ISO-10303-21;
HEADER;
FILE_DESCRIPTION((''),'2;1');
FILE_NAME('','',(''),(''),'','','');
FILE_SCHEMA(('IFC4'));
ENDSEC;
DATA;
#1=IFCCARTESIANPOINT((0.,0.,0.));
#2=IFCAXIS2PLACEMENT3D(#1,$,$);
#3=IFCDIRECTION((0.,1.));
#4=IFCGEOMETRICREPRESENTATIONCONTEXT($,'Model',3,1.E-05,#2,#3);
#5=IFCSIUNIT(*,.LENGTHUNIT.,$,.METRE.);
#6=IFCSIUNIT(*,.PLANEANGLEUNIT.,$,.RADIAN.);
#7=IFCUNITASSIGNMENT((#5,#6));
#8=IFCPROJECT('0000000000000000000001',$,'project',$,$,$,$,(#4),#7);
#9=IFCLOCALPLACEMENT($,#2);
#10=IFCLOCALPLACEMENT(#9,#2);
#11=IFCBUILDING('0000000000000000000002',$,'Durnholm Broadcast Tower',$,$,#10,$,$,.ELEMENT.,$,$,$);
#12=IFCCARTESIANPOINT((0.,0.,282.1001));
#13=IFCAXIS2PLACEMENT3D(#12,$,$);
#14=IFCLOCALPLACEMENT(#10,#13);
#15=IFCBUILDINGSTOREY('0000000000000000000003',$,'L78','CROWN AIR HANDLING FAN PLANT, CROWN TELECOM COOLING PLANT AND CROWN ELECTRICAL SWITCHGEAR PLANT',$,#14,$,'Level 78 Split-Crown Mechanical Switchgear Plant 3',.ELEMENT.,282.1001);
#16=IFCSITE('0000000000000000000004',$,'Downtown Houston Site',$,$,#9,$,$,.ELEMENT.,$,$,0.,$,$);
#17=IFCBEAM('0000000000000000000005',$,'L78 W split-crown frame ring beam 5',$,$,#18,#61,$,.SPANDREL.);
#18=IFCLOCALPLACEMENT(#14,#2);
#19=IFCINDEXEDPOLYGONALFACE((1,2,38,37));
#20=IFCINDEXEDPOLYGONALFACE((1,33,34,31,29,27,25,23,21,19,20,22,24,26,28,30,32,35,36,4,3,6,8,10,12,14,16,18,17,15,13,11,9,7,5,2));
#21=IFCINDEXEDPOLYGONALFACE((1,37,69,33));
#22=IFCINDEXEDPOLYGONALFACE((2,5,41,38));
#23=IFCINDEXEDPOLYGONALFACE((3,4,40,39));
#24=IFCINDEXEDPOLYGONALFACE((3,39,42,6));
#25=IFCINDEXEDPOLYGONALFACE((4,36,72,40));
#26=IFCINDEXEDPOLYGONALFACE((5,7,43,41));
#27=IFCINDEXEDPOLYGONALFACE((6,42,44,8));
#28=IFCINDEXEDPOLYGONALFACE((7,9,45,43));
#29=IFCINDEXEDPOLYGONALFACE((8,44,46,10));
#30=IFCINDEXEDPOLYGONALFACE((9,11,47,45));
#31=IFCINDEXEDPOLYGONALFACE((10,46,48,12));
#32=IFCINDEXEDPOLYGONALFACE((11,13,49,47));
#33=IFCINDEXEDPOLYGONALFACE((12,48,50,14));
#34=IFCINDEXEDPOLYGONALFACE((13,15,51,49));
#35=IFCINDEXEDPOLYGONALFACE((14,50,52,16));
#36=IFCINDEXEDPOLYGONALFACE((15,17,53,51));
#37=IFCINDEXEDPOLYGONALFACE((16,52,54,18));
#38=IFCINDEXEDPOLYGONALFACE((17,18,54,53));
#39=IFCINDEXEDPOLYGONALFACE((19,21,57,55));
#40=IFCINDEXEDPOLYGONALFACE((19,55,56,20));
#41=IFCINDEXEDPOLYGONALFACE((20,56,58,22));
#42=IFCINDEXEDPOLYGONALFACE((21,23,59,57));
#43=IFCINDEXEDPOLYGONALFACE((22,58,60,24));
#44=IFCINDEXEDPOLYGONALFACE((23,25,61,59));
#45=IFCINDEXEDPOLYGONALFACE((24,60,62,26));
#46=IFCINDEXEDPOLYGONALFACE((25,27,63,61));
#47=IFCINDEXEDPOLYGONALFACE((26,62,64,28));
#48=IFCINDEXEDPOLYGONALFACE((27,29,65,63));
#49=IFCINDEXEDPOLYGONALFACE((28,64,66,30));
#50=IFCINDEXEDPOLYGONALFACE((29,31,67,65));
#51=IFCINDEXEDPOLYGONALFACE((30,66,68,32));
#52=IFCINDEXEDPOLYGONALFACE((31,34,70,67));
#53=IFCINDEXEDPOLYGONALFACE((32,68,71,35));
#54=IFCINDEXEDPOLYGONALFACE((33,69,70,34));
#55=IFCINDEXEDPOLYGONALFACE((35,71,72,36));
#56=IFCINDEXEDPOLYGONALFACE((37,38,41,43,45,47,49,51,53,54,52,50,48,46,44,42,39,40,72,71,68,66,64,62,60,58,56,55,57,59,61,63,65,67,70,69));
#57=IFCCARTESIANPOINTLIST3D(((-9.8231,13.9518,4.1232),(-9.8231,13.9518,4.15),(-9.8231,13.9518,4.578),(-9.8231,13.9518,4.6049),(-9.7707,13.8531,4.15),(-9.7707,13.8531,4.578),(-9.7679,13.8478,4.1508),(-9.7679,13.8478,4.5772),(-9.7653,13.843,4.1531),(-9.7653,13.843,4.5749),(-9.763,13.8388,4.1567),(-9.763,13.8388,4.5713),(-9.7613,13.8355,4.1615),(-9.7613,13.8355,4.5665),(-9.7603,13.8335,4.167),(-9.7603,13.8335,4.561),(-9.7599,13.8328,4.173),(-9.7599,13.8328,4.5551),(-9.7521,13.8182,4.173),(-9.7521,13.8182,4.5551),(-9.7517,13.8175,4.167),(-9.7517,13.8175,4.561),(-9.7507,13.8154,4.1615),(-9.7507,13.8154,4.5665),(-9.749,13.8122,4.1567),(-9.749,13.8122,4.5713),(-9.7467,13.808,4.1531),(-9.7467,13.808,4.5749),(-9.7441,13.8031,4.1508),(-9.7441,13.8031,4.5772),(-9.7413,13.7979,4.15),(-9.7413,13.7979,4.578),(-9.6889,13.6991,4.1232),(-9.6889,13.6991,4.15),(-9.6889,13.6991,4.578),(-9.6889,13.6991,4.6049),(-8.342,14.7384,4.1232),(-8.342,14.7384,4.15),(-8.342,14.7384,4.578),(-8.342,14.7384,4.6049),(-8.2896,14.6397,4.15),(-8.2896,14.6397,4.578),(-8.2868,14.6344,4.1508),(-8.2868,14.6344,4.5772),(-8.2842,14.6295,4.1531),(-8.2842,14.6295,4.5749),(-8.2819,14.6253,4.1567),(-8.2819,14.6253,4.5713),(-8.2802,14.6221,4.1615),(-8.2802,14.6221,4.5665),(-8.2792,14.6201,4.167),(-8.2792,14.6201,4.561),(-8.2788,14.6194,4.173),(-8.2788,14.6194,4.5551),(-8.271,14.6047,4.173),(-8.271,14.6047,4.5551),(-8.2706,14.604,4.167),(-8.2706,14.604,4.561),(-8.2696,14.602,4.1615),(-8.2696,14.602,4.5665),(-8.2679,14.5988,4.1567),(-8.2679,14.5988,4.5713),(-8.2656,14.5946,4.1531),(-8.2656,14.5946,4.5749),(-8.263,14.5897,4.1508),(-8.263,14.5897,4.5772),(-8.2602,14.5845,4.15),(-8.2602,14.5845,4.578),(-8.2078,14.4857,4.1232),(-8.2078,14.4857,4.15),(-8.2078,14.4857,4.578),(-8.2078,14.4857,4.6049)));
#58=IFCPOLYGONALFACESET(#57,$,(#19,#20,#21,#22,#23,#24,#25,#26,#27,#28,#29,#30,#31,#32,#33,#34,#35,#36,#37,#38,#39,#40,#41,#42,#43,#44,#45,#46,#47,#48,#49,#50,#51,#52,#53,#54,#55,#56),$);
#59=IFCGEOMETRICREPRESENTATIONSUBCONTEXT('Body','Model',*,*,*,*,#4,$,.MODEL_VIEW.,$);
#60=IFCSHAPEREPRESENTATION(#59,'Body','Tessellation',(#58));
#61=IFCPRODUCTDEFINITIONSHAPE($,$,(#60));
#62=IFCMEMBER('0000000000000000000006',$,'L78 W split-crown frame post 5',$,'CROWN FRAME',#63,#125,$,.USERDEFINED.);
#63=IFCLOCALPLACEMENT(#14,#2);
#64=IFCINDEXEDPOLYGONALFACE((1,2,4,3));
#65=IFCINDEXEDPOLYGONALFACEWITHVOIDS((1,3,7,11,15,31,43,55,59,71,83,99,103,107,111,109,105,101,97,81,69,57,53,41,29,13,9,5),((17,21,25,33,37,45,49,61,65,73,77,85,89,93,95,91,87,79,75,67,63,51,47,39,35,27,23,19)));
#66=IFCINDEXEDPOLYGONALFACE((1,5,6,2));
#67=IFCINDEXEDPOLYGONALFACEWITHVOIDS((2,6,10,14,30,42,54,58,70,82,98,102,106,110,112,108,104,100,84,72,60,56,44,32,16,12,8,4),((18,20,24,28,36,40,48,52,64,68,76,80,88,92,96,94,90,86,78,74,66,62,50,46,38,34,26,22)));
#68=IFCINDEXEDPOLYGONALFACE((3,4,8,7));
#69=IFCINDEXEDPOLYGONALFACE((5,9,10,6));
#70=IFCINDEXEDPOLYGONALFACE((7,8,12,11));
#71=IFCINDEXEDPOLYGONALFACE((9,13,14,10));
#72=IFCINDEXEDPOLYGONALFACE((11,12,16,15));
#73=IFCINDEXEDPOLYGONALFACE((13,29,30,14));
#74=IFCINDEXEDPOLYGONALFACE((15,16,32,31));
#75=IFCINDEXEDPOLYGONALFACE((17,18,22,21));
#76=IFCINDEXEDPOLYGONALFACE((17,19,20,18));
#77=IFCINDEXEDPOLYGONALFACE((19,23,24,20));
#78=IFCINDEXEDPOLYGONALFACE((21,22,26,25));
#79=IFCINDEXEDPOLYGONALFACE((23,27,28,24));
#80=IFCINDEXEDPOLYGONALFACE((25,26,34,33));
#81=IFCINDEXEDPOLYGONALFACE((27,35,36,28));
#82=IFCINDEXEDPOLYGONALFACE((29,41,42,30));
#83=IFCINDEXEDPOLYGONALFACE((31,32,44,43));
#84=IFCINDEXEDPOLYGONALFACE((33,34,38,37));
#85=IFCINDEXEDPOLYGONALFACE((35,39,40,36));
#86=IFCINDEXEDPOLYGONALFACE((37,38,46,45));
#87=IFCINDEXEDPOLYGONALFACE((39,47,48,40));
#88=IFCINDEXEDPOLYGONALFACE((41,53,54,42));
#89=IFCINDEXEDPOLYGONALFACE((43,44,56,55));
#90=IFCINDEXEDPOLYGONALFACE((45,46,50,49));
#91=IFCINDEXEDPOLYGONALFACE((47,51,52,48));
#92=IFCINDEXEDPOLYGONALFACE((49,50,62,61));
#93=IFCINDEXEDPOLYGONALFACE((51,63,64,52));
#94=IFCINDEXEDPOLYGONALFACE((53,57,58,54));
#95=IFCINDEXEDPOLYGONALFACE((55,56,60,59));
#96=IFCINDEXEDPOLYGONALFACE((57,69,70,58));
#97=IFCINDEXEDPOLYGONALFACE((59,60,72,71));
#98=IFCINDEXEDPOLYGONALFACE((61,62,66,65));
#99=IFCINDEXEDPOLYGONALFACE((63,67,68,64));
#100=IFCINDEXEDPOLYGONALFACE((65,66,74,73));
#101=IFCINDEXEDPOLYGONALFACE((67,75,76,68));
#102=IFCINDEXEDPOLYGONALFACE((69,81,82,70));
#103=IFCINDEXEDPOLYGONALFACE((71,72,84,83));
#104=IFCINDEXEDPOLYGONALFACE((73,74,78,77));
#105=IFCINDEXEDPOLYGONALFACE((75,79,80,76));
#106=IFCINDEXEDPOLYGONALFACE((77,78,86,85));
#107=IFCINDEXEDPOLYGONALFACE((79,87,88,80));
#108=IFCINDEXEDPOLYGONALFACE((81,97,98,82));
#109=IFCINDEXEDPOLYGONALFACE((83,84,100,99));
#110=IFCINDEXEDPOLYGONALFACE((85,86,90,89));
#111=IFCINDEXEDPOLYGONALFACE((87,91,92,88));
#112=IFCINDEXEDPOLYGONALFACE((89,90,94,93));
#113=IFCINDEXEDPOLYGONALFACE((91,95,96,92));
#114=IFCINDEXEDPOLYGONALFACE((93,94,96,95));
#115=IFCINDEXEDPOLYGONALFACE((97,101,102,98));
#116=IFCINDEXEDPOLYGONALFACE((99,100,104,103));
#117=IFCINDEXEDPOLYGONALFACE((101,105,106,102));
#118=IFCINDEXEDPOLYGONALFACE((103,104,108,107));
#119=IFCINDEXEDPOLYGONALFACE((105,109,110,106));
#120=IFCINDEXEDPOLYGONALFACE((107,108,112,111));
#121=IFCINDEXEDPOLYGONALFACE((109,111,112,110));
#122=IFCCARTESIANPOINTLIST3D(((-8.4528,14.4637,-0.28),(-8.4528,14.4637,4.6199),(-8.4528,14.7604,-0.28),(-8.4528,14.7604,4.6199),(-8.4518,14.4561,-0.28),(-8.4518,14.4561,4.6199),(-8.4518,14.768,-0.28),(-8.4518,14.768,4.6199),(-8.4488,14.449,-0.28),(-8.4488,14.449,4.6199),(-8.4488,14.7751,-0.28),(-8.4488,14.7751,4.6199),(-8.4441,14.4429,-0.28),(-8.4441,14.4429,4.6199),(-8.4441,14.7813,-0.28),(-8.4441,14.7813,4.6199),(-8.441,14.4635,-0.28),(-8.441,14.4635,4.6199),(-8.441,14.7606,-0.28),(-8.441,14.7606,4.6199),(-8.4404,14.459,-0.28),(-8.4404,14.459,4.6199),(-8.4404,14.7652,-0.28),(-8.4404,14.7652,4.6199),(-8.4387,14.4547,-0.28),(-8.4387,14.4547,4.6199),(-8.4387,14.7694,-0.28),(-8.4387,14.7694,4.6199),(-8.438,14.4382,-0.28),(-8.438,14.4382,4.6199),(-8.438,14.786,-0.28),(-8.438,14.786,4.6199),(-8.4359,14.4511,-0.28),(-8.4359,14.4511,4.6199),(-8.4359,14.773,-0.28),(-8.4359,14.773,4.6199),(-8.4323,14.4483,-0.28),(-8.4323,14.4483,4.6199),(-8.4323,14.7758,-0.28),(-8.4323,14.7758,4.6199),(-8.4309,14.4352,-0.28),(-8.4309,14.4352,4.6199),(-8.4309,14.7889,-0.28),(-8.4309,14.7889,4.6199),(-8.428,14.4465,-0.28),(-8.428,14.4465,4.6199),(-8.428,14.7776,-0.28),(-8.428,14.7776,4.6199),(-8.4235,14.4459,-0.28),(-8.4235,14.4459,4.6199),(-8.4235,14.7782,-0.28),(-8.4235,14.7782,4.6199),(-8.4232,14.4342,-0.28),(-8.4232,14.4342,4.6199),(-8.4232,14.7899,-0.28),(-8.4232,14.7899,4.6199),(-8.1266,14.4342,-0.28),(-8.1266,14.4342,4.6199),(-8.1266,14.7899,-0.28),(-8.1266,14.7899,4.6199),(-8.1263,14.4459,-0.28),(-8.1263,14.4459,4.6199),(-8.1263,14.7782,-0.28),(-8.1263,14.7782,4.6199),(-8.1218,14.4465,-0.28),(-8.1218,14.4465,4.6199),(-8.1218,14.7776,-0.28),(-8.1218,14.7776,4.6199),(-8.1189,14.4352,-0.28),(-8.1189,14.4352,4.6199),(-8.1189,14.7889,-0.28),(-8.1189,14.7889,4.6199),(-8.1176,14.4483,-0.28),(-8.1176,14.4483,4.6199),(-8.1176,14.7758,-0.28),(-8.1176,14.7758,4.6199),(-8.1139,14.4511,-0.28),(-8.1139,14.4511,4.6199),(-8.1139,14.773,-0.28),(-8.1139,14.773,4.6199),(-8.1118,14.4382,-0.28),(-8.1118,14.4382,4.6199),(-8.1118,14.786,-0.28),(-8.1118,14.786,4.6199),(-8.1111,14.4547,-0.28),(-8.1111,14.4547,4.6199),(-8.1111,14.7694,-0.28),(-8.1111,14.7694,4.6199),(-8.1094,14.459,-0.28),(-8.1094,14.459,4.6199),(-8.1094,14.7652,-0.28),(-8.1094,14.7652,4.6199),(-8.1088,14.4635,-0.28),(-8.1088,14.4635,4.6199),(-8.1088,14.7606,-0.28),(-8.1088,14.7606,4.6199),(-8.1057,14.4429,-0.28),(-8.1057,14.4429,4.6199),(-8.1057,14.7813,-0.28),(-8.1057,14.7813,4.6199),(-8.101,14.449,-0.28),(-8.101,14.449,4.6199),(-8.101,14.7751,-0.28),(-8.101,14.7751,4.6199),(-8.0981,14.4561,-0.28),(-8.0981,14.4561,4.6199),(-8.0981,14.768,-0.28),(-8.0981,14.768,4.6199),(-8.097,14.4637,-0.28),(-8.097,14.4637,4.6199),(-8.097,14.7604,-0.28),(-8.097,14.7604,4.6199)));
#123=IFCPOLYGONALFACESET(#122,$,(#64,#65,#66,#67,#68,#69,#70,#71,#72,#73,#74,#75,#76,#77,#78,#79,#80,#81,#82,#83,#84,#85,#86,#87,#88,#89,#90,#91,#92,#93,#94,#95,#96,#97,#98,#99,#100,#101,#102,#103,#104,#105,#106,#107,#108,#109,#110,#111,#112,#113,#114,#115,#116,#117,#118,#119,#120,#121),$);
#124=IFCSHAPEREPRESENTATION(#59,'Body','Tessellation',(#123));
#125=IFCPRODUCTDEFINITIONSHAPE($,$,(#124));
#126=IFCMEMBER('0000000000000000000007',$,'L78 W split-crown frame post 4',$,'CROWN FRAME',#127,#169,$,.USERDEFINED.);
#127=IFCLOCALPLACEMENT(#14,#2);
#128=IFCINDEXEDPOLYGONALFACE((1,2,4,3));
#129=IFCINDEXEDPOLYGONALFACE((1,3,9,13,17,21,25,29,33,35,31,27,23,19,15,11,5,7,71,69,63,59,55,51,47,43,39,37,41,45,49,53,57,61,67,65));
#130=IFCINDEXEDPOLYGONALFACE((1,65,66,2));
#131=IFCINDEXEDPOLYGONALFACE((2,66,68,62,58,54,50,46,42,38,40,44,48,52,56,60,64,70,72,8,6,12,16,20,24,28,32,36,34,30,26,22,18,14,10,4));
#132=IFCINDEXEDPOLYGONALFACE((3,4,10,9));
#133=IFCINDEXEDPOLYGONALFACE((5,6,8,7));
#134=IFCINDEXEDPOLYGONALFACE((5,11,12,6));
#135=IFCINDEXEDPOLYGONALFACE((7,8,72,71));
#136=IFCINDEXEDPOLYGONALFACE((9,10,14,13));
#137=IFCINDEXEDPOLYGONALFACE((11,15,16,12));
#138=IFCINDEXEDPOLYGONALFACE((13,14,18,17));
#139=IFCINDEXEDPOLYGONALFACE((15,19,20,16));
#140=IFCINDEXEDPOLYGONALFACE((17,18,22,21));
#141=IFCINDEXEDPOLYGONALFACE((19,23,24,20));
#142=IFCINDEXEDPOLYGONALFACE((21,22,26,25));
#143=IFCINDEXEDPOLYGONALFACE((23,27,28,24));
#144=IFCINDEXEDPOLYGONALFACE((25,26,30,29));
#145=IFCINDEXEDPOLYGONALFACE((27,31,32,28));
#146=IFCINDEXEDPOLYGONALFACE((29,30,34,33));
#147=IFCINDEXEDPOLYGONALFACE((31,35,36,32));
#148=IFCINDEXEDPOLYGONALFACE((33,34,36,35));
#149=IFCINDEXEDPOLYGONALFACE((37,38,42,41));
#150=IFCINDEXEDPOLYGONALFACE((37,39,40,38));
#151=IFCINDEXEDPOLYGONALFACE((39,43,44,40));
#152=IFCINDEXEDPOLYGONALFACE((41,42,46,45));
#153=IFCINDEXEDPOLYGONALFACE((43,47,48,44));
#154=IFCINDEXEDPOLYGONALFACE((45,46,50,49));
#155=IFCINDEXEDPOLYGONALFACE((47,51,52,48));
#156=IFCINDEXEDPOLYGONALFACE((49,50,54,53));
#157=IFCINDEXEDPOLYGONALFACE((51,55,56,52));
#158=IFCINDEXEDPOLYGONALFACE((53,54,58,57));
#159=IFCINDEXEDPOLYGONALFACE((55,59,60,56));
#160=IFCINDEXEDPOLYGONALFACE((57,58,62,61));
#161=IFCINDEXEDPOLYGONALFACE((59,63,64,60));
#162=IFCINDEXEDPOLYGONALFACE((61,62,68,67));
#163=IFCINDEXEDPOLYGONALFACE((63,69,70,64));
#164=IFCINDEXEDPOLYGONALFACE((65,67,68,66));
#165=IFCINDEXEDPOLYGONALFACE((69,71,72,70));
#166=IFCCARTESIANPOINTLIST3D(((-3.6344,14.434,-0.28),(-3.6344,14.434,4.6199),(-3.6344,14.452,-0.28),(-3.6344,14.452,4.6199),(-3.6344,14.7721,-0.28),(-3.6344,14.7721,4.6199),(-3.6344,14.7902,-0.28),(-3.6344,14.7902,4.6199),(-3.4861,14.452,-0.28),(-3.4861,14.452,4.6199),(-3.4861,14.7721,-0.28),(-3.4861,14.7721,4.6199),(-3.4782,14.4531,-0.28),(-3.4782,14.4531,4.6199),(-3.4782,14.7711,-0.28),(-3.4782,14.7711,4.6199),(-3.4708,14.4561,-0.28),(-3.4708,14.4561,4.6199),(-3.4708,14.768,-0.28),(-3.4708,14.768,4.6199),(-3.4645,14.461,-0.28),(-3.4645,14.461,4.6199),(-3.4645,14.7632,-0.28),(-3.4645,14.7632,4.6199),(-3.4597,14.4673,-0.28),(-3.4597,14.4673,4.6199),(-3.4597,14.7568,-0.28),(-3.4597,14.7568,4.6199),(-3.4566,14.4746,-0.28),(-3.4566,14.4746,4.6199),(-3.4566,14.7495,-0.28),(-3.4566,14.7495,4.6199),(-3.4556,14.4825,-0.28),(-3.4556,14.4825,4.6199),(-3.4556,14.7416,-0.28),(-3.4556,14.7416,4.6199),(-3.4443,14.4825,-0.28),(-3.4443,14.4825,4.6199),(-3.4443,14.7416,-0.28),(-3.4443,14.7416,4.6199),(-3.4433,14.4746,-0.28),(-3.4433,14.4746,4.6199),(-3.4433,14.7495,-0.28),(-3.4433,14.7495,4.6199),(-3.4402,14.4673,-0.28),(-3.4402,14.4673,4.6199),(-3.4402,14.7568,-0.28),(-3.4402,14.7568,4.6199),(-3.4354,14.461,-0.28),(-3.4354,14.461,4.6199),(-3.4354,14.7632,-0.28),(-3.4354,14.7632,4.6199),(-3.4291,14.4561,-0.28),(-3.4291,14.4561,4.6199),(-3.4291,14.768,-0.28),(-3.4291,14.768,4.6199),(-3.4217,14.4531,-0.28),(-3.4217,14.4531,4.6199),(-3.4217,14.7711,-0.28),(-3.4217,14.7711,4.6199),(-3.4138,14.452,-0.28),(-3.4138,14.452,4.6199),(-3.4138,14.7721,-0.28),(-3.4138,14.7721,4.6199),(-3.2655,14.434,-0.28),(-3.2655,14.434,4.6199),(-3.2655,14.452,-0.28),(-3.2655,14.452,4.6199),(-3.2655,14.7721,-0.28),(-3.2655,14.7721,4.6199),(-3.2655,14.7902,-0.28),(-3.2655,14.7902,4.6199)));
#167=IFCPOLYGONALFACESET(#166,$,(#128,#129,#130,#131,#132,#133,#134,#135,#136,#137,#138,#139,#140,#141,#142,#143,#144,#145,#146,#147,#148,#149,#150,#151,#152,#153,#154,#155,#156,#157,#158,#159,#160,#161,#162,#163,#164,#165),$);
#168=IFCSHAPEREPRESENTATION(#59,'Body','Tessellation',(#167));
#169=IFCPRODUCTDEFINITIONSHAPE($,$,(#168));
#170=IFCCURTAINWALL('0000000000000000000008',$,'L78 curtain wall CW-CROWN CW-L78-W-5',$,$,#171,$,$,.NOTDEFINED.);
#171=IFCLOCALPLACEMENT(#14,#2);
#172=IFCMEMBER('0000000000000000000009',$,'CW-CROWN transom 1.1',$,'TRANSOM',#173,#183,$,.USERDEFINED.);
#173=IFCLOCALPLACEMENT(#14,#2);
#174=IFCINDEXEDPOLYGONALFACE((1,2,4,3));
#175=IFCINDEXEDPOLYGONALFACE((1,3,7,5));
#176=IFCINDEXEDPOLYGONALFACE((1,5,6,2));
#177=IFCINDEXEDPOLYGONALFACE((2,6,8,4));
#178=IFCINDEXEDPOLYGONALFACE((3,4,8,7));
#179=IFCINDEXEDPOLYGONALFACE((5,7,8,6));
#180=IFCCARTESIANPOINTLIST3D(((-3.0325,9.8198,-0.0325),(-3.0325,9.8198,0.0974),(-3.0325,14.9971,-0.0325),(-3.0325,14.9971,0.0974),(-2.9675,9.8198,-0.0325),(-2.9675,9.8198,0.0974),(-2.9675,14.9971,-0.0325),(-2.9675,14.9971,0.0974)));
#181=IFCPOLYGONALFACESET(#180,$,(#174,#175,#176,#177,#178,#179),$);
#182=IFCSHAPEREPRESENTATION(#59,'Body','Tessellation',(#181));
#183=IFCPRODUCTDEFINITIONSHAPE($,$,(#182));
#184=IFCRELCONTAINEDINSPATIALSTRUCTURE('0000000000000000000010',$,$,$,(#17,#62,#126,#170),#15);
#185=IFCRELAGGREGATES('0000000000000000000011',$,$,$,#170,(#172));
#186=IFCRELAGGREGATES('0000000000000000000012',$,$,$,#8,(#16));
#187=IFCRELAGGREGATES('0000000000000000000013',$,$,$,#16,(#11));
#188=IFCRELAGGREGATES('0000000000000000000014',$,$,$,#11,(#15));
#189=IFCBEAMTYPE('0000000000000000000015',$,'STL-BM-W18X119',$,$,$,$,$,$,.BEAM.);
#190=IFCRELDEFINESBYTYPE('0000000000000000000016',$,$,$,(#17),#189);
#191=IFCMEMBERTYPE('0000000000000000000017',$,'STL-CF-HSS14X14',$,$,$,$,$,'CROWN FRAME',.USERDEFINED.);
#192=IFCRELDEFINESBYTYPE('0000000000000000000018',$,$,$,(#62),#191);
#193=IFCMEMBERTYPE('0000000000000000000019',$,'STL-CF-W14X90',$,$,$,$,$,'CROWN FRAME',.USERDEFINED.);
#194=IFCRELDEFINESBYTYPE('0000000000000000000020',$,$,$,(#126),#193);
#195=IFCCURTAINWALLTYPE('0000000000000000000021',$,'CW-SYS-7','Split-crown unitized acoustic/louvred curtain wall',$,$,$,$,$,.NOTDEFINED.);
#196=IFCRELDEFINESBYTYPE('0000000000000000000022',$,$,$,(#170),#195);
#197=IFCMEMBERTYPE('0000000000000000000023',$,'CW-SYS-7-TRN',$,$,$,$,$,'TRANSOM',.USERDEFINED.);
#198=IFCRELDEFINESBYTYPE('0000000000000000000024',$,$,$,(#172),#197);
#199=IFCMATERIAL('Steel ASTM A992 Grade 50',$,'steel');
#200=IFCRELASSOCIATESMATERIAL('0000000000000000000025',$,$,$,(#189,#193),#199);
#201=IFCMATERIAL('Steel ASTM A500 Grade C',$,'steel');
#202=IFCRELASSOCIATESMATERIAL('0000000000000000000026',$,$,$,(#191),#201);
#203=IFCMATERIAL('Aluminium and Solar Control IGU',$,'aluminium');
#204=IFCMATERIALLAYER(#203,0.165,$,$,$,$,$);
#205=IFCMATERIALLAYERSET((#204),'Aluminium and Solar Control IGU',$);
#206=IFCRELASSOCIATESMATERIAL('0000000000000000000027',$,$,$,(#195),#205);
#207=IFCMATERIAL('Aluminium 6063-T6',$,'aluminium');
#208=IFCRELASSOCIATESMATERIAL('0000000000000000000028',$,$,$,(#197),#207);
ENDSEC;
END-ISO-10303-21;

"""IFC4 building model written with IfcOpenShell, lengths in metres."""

from ifc_helpers import new_model, si_unit, direction, frame, origin, origin_2d, place, context, subcontext, project, spatial, rectangle, hollow_rectangle, i_section, extrude, source, transform, mapped, material, layer, layer_set, material_profile, profile_set, type_object, type_shapes, element, aggregate, save


model = new_model("IFC4")

# Units and contexts
model_context = context("Model", 3, precision=1e-05, world=origin(), true_north=direction((0.0, 1.0)))
body_context = subcontext(model_context, "Body", "Model", "MODEL_VIEW")
ifc_project = project(units=[si_unit("LENGTHUNIT", "METRE"), si_unit("PLANEANGLEUNIT", "RADIAN")], contexts=[model_context])

# Site, building, storey
site_placement = place(None, origin())
site = spatial("IfcSite", under=ifc_project, at=site_placement, Name="Downtown Houston Site", CompositionType="ELEMENT", RefElevation=0.0)
building_placement = place(site_placement, origin())
building = spatial("IfcBuilding", under=site, at=building_placement, Name="Durnholm Broadcast Tower", CompositionType="ELEMENT")
storey_placement = place(building_placement, frame((0.0, 0.0, 282.1001)))
storey = spatial("IfcBuildingStorey", under=building, at=storey_placement, Name="L78", Description="CROWN AIR HANDLING FAN PLANT, CROWN TELECOM COOLING PLANT AND CROWN ELECTRICAL SWITCHGEAR PLANT", LongName="Level 78 Split-Crown Mechanical Switchgear Plant 3", CompositionType="ELEMENT", Elevation=282.1001)

# Shared definitions
ifc_material_1 = material(Name="Steel ASTM A500 Grade C", Category="steel")

# Beam
ifc_material_2 = material(Name="Steel ASTM A992 Grade 50", Category="steel")
ifc_material_profile_1 = material_profile(ifc_material_2, i_section(OverallWidth=0.2861, OverallDepth=0.4817, WebThickness=0.0166, FlangeThickness=0.0269, FilletRadius=0.0229, at=origin_2d()), Name="W18X119")
ifc_profile_set_1 = profile_set([ifc_material_profile_1], Name="Steel ASTM A992 Grade 50")
beam_type_1 = type_object("IfcBeamType", Name="STL-BM-W18X119", PredefinedType="BEAM", material=ifc_profile_set_1)
shared_shape_1 = source(origin(), body_context, "Body", "SweptSolid", [
    extrude(i_section(OverallWidth=0.2861, OverallDepth=0.4817, WebThickness=0.0166, FlangeThickness=0.0269, FilletRadius=0.0229, at=origin_2d()), origin(), (0.0, 0.0, 1.0), 1.677),
])
beam_1_placement = place(storey_placement, frame((-8.2749, 14.6121, 4.364), z_axis=(-0.883182, -0.469031, 0.0), x_axis=(0.469031, -0.883182, 0.0)))
element("IfcBeam", 1, at=beam_1_placement, inside=storey, type_object=beam_type_1, Name="L78 W split-crown frame ring beam 5", PredefinedType="SPANDREL", context=body_context, shape_type="MappedRepresentation", body=[
    mapped(shared_shape_1, transform((0.0, 0.0, 0.0), x_axis=(1.0, 0.0, 0.0), y_axis=(0.0, 1.0, 0.0), z_axis=(0.0, 0.0, 1.0), scale=1.0)),
])

# Members
ifc_material_profile_2 = material_profile(ifc_material_1, hollow_rectangle(XDim=0.3557, YDim=0.3557, WallThickness=0.0117, InnerFilletRadius=0.0176, OuterFilletRadius=0.0295, at=origin_2d()), Name="HSS14X14X1/2")
ifc_profile_set_2 = profile_set([ifc_material_profile_2], Name="Steel ASTM A500 Grade C")
member_type_1 = type_object("IfcMemberType", Name="STL-CF-HSS14X14", ElementType="CROWN FRAME", PredefinedType="USERDEFINED", material=ifc_profile_set_2)
shared_shape_2 = source(origin(), body_context, "Body", "SweptSolid", [
    extrude(hollow_rectangle(XDim=0.3557, YDim=0.3557, WallThickness=0.0117, InnerFilletRadius=0.0176, OuterFilletRadius=0.0295, at=origin_2d()), origin(), (0.0, 0.0, 1.0), 4.8999),
])
type_shapes(member_type_1, [shared_shape_2])
member_1_placement = place(storey_placement, frame((-8.2749, 14.6121, -0.28), z_axis=(0.0, 0.0, 1.0), x_axis=(1.0, 0.0, 0.0)))
element("IfcMember", 2, at=member_1_placement, inside=storey, type_object=member_type_1, Name="L78 W split-crown frame post 5", ObjectType="CROWN FRAME", PredefinedType="USERDEFINED", context=body_context, shape_type="MappedRepresentation", body=[
    mapped(shared_shape_2, transform((0.0, 0.0, 0.0), x_axis=(1.0, 0.0, 0.0), y_axis=(0.0, 1.0, 0.0), z_axis=(0.0, 0.0, 1.0), scale=1.0)),
])
ifc_material_profile_3 = material_profile(ifc_material_2, i_section(OverallWidth=0.3689, OverallDepth=0.3562, WebThickness=0.0112, FlangeThickness=0.0181, FilletRadius=0.0305, at=origin_2d()), Name="W14X90")
ifc_profile_set_3 = profile_set([ifc_material_profile_3], Name="Steel ASTM A992 Grade 50")
member_type_2 = type_object("IfcMemberType", Name="STL-CF-W14X90", ElementType="CROWN FRAME", PredefinedType="USERDEFINED", material=ifc_profile_set_3)
shared_shape_3 = source(origin(), body_context, "Body", "SweptSolid", [
    extrude(i_section(OverallWidth=0.3689, OverallDepth=0.3562, WebThickness=0.0112, FlangeThickness=0.0181, FilletRadius=0.0305, at=origin_2d()), origin(), (0.0, 0.0, 1.0), 4.8999),
])
type_shapes(member_type_2, [shared_shape_3])
member_2_placement = place(storey_placement, frame((-3.45, 14.6121, -0.28), z_axis=(0.0, 0.0, 1.0), x_axis=(1.0, 0.0, 0.0)))
element("IfcMember", 3, at=member_2_placement, inside=storey, type_object=member_type_2, Name="L78 W split-crown frame post 4", ObjectType="CROWN FRAME", PredefinedType="USERDEFINED", context=body_context, shape_type="MappedRepresentation", body=[
    mapped(shared_shape_3, transform((0.0, 0.0, 0.0), x_axis=(1.0, 0.0, 0.0), y_axis=(0.0, 1.0, 0.0), z_axis=(0.0, 0.0, 1.0), scale=1.0)),
])

# Curtain wall, member
ifc_material_3 = material(Name="Aluminium and Solar Control IGU", Category="aluminium")
ifc_layer_1 = layer(ifc_material_3, 0.165)
ifc_layer_set_1 = layer_set([ifc_layer_1], Name="Aluminium and Solar Control IGU")
curtain_wall_type = type_object("IfcCurtainWallType", Name="CW-SYS-7", Description="Split-crown unitized acoustic/louvred curtain wall", PredefinedType="NOTDEFINED", material=ifc_layer_set_1)
curtain_wall_placement = place(storey_placement, origin())
curtain_wall = element("IfcCurtainWall", 4, at=curtain_wall_placement, inside=storey, type_object=curtain_wall_type, Name="L78 curtain wall CW-CROWN CW-L78-W-5", PredefinedType="NOTDEFINED")
ifc_material_4 = material(Name="Aluminium 6063-T6", Category="aluminium")
ifc_material_profile_4 = material_profile(ifc_material_4, rectangle(XDim=0.0649, YDim=0.1299, at=origin_2d()), Name="CWT65X130")
ifc_profile_set_4 = profile_set([ifc_material_profile_4], Name="Aluminium 6063-T6")
member_type_3 = type_object("IfcMemberType", Name="CW-SYS-7-TRN", ElementType="TRANSOM", PredefinedType="USERDEFINED", material=ifc_profile_set_4)
shared_shape_4 = source(origin(), body_context, "Body", "SweptSolid", [
    extrude(rectangle(XDim=0.0649, YDim=0.1299, at=origin_2d()), origin(), (0.0, 0.0, 1.0), 5.1772),
])
member_3_placement = place(storey_placement, frame((-3.0, 14.9971, 0.0325), z_axis=(0.0, -1.0, 0.0), x_axis=(1.0, 0.0, 0.0)))
member_3 = element("IfcMember", 5, at=member_3_placement, type_object=member_type_3, Name="CW-CROWN transom 1.1", ObjectType="TRANSOM", PredefinedType="USERDEFINED", context=body_context, shape_type="MappedRepresentation", body=[
    mapped(shared_shape_4, transform((0.0, 0.0, 0.0), x_axis=(1.0, 0.0, 0.0), y_axis=(0.0, 1.0, 0.0), z_axis=(0.0, 0.0, 1.0), scale=1.0)),
])

aggregate(curtain_wall, [member_3])

save(model, "model.ifc")
